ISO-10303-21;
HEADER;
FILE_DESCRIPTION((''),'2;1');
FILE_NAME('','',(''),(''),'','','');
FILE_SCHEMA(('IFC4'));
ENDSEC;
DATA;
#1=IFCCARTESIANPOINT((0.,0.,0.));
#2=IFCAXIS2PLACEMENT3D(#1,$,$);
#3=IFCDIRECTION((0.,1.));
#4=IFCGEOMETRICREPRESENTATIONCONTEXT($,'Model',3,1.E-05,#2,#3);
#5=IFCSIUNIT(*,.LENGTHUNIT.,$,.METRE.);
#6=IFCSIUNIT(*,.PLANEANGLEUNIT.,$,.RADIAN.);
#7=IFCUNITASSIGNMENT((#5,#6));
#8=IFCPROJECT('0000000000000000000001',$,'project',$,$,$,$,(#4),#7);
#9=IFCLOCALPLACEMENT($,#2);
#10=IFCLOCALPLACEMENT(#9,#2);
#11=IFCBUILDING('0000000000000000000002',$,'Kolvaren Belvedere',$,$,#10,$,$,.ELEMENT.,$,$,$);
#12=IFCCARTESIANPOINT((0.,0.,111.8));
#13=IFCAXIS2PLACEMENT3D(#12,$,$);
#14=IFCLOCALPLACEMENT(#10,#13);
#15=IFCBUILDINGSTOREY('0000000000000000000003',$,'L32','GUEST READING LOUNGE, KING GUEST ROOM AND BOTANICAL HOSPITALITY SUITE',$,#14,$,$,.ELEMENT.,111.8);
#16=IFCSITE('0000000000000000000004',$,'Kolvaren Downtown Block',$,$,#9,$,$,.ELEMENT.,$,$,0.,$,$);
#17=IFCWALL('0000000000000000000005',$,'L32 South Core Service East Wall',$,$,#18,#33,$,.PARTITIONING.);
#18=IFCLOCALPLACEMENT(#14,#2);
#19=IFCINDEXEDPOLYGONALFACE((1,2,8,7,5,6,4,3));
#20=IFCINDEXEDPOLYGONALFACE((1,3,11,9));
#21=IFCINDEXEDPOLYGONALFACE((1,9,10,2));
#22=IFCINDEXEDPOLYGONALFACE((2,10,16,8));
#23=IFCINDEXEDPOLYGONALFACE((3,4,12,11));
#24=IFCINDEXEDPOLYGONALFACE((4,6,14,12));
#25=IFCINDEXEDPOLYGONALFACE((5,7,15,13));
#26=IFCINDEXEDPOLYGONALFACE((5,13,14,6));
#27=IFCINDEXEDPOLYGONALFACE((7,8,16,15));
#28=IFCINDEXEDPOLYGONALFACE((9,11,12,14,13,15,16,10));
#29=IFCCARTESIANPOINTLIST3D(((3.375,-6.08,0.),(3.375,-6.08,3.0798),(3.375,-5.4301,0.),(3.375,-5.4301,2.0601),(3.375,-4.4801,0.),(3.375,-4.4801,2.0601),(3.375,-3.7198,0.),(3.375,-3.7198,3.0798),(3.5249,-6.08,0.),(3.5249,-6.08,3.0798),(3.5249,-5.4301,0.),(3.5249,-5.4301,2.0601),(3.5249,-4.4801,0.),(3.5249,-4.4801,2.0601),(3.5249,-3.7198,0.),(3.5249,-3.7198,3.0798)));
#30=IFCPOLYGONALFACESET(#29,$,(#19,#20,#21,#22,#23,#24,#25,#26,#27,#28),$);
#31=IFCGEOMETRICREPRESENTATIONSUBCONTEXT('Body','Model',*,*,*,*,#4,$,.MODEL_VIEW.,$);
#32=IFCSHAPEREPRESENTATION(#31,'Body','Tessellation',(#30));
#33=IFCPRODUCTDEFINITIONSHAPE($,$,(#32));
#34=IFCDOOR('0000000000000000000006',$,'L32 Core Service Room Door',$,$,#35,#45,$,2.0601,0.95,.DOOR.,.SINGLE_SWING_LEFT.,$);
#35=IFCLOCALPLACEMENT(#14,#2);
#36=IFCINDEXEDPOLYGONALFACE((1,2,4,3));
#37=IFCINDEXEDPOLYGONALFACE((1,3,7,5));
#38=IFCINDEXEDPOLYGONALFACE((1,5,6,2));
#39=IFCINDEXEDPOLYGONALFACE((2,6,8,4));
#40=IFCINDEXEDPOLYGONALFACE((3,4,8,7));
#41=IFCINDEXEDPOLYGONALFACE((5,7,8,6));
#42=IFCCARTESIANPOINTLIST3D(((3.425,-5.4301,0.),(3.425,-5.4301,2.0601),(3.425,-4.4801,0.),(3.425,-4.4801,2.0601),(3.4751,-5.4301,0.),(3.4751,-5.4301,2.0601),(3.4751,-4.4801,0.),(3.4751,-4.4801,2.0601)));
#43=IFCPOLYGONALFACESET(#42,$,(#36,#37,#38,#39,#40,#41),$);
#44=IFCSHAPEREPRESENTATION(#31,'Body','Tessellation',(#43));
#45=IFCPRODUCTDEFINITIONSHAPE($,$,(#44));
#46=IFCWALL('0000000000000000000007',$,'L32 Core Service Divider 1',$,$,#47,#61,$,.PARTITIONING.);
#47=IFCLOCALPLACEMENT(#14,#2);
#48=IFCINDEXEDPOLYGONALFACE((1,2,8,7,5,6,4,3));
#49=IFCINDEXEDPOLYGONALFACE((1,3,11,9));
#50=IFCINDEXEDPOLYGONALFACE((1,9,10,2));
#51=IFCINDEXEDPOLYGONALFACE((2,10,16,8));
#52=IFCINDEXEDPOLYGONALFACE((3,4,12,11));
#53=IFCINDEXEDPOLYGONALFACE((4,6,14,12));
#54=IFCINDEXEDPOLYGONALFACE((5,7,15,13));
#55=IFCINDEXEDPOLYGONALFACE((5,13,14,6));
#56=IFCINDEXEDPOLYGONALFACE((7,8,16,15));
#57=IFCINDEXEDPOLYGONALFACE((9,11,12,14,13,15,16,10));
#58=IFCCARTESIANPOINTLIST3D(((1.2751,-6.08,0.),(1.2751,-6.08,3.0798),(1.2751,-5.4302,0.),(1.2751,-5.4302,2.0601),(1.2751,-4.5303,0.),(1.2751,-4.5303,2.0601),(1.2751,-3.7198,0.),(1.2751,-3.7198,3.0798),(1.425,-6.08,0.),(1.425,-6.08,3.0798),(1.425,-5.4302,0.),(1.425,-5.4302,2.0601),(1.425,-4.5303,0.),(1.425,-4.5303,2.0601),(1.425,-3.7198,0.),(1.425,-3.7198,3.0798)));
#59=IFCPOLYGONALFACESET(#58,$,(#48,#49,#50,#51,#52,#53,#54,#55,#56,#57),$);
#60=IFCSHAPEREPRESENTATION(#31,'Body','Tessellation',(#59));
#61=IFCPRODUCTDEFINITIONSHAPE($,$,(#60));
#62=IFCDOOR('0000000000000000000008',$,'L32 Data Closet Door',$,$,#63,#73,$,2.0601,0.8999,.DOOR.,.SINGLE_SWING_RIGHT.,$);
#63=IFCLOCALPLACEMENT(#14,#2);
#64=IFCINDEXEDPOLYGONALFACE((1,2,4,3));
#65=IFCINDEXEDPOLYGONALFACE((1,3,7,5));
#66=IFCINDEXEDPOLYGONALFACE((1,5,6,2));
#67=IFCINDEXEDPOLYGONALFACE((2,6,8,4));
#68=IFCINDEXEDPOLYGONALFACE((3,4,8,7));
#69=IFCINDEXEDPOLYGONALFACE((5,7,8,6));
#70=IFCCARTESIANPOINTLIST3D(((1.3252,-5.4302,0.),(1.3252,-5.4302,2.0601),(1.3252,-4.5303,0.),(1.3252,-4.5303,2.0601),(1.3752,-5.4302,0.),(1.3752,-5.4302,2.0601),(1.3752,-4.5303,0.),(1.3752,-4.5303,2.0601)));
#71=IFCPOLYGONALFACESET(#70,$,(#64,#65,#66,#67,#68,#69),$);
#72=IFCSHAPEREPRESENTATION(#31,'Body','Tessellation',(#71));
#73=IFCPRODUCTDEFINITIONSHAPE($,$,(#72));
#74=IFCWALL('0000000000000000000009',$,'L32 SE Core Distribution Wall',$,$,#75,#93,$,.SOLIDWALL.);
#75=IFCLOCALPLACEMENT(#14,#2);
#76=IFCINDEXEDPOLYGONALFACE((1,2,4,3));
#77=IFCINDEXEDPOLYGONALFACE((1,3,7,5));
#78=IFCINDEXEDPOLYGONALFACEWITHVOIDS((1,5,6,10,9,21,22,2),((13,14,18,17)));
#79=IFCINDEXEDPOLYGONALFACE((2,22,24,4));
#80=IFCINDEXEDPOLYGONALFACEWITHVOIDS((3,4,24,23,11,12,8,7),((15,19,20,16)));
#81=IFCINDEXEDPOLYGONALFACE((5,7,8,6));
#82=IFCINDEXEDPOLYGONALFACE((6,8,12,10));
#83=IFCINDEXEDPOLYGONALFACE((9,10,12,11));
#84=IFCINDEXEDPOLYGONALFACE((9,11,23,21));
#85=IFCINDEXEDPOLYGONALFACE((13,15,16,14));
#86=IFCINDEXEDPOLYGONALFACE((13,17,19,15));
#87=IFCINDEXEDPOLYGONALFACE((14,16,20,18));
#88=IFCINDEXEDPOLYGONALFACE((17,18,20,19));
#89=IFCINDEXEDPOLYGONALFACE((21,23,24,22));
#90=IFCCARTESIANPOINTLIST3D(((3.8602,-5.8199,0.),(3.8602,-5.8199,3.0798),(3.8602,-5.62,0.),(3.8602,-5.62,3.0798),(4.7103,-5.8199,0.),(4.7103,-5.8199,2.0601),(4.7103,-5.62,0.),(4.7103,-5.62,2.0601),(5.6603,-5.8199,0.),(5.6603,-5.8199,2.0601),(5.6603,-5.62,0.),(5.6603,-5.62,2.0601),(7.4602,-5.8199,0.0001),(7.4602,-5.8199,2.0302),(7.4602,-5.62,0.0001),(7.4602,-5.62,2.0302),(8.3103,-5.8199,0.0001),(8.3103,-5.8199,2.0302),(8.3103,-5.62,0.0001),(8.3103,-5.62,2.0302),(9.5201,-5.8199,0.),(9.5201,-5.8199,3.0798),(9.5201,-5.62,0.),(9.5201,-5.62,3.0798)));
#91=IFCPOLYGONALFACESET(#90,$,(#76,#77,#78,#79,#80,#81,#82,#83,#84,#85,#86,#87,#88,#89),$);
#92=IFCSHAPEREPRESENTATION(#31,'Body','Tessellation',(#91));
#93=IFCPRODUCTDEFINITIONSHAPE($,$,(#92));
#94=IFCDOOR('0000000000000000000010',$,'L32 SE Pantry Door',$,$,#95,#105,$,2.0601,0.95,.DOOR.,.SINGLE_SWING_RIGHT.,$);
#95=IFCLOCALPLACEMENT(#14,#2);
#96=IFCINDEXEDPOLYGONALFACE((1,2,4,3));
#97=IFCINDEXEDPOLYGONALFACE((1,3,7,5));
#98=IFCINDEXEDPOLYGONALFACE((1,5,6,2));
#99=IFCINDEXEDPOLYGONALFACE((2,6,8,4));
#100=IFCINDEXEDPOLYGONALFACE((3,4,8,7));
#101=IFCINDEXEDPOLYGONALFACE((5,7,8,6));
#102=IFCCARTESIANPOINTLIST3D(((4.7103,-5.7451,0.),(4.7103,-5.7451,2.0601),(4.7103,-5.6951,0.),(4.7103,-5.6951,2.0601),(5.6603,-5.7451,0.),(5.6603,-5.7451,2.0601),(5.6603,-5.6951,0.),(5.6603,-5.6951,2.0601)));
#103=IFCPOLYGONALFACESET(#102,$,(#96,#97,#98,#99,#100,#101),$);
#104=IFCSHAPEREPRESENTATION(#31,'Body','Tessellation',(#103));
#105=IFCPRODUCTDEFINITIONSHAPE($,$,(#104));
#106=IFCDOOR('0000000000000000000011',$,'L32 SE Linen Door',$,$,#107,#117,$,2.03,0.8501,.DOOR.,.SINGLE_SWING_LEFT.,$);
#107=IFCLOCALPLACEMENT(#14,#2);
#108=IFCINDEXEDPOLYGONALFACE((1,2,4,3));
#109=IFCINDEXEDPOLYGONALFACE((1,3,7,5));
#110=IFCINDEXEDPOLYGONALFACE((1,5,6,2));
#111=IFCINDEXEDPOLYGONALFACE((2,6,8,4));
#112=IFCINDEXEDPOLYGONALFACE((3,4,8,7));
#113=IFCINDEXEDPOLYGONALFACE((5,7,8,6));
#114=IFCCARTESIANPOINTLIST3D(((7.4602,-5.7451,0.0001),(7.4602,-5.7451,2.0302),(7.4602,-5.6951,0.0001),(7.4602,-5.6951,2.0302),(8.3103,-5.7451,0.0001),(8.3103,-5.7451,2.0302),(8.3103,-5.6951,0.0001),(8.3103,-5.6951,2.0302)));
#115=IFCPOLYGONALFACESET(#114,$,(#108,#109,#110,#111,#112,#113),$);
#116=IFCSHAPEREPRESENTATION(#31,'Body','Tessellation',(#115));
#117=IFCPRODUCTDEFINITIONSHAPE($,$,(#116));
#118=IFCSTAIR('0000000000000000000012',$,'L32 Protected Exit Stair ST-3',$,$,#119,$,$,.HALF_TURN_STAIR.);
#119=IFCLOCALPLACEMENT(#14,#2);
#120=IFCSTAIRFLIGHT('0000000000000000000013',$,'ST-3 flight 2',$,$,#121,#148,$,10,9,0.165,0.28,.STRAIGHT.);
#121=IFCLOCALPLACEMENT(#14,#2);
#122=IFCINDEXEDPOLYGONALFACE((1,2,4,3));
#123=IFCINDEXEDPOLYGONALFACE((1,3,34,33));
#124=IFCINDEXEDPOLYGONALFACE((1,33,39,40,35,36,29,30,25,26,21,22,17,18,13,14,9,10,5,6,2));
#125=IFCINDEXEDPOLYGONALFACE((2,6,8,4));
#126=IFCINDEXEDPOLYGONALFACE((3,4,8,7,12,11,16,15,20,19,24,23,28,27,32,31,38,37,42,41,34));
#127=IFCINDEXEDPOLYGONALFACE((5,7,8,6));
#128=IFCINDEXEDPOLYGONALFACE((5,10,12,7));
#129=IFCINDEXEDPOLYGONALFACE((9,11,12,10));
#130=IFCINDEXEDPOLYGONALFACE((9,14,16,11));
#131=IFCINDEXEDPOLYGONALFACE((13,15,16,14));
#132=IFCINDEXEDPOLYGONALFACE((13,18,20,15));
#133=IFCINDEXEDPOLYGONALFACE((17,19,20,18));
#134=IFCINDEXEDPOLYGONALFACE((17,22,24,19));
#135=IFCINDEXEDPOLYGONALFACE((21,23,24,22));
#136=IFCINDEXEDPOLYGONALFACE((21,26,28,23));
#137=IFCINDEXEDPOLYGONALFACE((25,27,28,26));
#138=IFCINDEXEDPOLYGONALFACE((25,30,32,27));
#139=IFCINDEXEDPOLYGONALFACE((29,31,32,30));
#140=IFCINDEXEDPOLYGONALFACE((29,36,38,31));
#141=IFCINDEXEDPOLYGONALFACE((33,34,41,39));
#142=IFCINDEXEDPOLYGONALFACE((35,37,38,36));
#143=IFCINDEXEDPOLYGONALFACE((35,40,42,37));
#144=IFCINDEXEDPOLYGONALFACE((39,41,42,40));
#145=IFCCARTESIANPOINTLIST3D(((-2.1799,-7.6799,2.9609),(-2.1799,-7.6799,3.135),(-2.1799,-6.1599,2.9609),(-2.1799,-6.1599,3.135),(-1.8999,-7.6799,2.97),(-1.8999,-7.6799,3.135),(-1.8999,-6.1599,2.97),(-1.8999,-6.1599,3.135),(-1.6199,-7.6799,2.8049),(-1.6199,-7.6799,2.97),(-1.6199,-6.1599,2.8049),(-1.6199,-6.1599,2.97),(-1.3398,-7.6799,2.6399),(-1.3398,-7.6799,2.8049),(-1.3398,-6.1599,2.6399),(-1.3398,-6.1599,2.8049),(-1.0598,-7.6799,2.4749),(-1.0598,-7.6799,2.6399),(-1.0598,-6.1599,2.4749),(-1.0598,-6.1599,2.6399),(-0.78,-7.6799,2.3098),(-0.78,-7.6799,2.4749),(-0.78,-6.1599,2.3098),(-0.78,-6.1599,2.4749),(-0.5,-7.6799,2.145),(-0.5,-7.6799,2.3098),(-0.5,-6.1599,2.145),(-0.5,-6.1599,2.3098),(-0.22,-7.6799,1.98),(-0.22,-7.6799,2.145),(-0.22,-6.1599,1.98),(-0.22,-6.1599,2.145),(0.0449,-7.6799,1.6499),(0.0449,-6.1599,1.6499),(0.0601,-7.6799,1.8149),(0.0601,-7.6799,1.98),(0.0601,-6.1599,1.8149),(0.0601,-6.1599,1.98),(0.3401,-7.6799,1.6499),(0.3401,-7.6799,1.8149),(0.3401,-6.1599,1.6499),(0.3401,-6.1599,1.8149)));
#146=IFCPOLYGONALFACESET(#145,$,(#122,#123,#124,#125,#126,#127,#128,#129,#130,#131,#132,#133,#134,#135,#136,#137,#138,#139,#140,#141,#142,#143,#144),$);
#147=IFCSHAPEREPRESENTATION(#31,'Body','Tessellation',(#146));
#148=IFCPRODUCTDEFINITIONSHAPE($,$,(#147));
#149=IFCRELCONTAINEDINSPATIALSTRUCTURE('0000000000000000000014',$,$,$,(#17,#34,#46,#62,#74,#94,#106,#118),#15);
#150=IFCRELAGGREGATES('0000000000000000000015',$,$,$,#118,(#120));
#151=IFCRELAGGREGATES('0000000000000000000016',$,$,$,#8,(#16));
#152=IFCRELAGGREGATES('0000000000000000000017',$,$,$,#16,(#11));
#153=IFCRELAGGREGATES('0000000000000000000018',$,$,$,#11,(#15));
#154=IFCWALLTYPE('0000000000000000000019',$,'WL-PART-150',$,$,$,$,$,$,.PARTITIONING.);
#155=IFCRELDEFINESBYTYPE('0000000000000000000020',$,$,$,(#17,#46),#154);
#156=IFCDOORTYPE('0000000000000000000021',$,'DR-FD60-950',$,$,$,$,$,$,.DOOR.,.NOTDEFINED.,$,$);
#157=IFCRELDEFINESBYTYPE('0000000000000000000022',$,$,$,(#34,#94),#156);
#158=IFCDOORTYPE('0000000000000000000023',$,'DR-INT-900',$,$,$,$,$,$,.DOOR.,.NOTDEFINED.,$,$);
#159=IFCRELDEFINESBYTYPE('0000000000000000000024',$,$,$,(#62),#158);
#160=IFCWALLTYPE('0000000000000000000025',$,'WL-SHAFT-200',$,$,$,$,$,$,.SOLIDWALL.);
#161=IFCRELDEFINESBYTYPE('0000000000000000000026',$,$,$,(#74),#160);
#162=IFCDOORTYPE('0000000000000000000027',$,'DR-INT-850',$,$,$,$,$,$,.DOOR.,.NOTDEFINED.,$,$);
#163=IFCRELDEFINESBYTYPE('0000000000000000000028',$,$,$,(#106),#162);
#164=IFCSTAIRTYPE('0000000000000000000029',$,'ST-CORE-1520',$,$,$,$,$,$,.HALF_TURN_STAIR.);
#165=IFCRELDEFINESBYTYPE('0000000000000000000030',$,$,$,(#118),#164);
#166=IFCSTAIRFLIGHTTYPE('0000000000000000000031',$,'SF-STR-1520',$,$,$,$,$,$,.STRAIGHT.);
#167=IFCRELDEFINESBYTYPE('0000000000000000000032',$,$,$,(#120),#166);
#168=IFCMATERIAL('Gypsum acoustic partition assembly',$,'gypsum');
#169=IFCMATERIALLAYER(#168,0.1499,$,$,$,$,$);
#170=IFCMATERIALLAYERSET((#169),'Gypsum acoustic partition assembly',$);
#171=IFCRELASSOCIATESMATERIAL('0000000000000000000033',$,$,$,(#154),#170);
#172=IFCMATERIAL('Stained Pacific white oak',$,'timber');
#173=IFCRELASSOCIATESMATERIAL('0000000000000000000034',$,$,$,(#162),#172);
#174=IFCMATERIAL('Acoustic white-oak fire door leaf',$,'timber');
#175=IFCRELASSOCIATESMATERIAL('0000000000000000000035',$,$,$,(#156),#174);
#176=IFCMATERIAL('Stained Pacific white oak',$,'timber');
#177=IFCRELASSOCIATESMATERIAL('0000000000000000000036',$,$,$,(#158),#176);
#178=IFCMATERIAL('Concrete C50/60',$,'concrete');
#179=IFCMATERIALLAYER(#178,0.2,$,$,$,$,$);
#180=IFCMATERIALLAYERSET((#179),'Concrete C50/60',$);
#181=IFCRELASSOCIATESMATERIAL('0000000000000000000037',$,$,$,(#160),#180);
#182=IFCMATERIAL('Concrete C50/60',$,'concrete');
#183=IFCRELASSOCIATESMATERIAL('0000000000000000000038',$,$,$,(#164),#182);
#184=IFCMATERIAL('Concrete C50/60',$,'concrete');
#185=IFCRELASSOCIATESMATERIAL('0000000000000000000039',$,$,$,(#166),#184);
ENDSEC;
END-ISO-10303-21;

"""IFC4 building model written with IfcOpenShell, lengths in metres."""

from ifc_helpers import new_model, si_unit, direction, frame, frame_2d, origin, place, context, subcontext, project, spatial, polyline, rectangle, outline, extrude, material, layer, layer_set, type_object, element, fill, aggregate, save


model = new_model("IFC4")

# Units and contexts
model_context = context("Model", 3, precision=1e-05, world=origin(), true_north=direction((0.0, 1.0)))
body_context = subcontext(model_context, "Body", "Model", "MODEL_VIEW")
ifc_project = project(units=[si_unit("LENGTHUNIT", "METRE"), si_unit("PLANEANGLEUNIT", "RADIAN")], contexts=[model_context])

# Site, building, storey
site_placement = place(None, origin())
site = spatial("IfcSite", under=ifc_project, at=site_placement, Name="Kolvaren Downtown Block", CompositionType="ELEMENT", RefElevation=0.0)
building_placement = place(site_placement, origin())
building = spatial("IfcBuilding", under=site, at=building_placement, Name="Kolvaren Belvedere", CompositionType="ELEMENT")
storey_placement = place(building_placement, frame((0.0, 0.0, 111.8)))
storey = spatial("IfcBuildingStorey", under=building, at=storey_placement, Name="L32", Description="GUEST READING LOUNGE, KING GUEST ROOM AND BOTANICAL HOSPITALITY SUITE", CompositionType="ELEMENT", Elevation=111.8)

# Walls, openings, doors
ifc_material_1 = material(Name="Gypsum acoustic partition assembly", Category="gypsum")
ifc_layer_1 = layer(ifc_material_1, 0.1499)
ifc_layer_set_1 = layer_set([ifc_layer_1], Name="Gypsum acoustic partition assembly")
wall_type_1 = type_object("IfcWallType", Name="WL-PART-150", PredefinedType="PARTITIONING", material=ifc_layer_set_1)
ifc_material_2 = material(Name="Stained Pacific white oak", Category="timber")
door_type_1 = type_object("IfcDoorType", Name="DR-INT-850", OperationType="NOTDEFINED", PredefinedType="DOOR", material=ifc_material_2)
wall_1_placement = place(storey_placement, frame((3.45, -6.0801, 0.0), z_axis=(0.0, 0.0, 1.0), x_axis=(0.0, 1.0, 0.0)))
wall_1 = element("IfcWall", 1, at=wall_1_placement, inside=storey, type_object=wall_type_1, Name="L32 South Core Service East Wall", PredefinedType="PARTITIONING", context=body_context, shape_type="SweptSolid", body=[
    extrude(rectangle(XDim=2.3601, YDim=0.1499, at=frame_2d((1.1802, 0.0))), origin(), (0.0, 0.0, 1.0), 3.0798),
])
opening_1_placement = place(wall_1_placement, frame((0.6499, 0.0, 0.0)))
opening_1 = element("IfcOpeningElement", 2, at=opening_1_placement, cuts=wall_1, PredefinedType="OPENING", context=body_context, shape_type="SweptSolid", body=[
    extrude(rectangle(XDim=0.95, YDim=2.0601, at=frame_2d((0.4751, 1.03))), frame((0.0, 0.085, 0.0), z_axis=(0.0, -1.0, 0.0), x_axis=(1.0, 0.0, 0.0)), (0.0, 0.0, 1.0), 0.1699),
])
ifc_material_3 = material(Name="Acoustic white-oak fire door leaf", Category="timber")
door_type_2 = type_object("IfcDoorType", Name="DR-FD60-950", OperationType="NOTDEFINED", PredefinedType="DOOR", material=ifc_material_3)
door_1_placement = place(opening_1_placement, origin())
door_1 = element("IfcDoor", 3, at=door_1_placement, inside=storey, type_object=door_type_2, Name="L32 Core Service Room Door", OperationType="SINGLE_SWING_LEFT", OverallHeight=2.0601, OverallWidth=0.95, PredefinedType="DOOR", context=body_context, shape_type="SweptSolid", body=[
    extrude(rectangle(XDim=0.95, YDim=2.0601, at=frame_2d((0.4751, 1.03))), frame((0.0, 0.0249, 0.0), z_axis=(0.0, -1.0, 0.0), x_axis=(1.0, 0.0, 0.0)), (0.0, 0.0, 1.0), 0.05),
])
fill(opening_1, door_1)
wall_2_placement = place(storey_placement, frame((1.3501, -6.0801, 0.0), z_axis=(0.0, 0.0, 1.0), x_axis=(0.0, 1.0, 0.0)))
wall_2 = element("IfcWall", 4, at=wall_2_placement, inside=storey, type_object=wall_type_1, Name="L32 Core Service Divider 1", PredefinedType="PARTITIONING", context=body_context, shape_type="SweptSolid", body=[
    extrude(rectangle(XDim=2.3601, YDim=0.1499, at=frame_2d((1.1802, 0.0))), origin(), (0.0, 0.0, 1.0), 3.0798),
])
opening_2_placement = place(wall_2_placement, frame((0.6499, 0.0, 0.0)))
opening_2 = element("IfcOpeningElement", 5, at=opening_2_placement, cuts=wall_2, PredefinedType="OPENING", context=body_context, shape_type="SweptSolid", body=[
    extrude(rectangle(XDim=0.8999, YDim=2.0601, at=frame_2d((0.45, 1.03))), frame((0.0, 0.085, 0.0), z_axis=(0.0, -1.0, 0.0), x_axis=(1.0, 0.0, 0.0)), (0.0, 0.0, 1.0), 0.1699),
])
ifc_material_4 = material(Name="Stained Pacific white oak", Category="timber")
door_type_3 = type_object("IfcDoorType", Name="DR-INT-900", OperationType="NOTDEFINED", PredefinedType="DOOR", material=ifc_material_4)
door_2_placement = place(opening_2_placement, origin())
door_2 = element("IfcDoor", 6, at=door_2_placement, inside=storey, type_object=door_type_3, Name="L32 Data Closet Door", OperationType="SINGLE_SWING_RIGHT", OverallHeight=2.0601, OverallWidth=0.8999, PredefinedType="DOOR", context=body_context, shape_type="SweptSolid", body=[
    extrude(rectangle(XDim=0.8999, YDim=2.0601, at=frame_2d((0.45, 1.03))), frame((0.0, 0.0249, 0.0), z_axis=(0.0, -1.0, 0.0), x_axis=(1.0, 0.0, 0.0)), (0.0, 0.0, 1.0), 0.05),
])
fill(opening_2, door_2)

# Wall, openings, doors
ifc_material_5 = material(Name="Concrete C50/60", Category="concrete")
ifc_layer_2 = layer(ifc_material_5, 0.2)
ifc_layer_set_2 = layer_set([ifc_layer_2], Name="Concrete C50/60")
wall_type_2 = type_object("IfcWallType", Name="WL-SHAFT-200", PredefinedType="SOLIDWALL", material=ifc_layer_set_2)
wall_3_placement = place(storey_placement, frame((3.8601, -5.72, 0.0), z_axis=(0.0, 0.0, 1.0), x_axis=(1.0, 0.0, 0.0)))
wall_3 = element("IfcWall", 7, at=wall_3_placement, inside=storey, type_object=wall_type_2, Name="L32 SE Core Distribution Wall", PredefinedType="SOLIDWALL", context=body_context, shape_type="SweptSolid", body=[
    extrude(rectangle(XDim=5.6599, YDim=0.2, at=frame_2d((2.8301, 0.0))), origin(), (0.0, 0.0, 1.0), 3.0798),
])
opening_3_placement = place(wall_3_placement, frame((0.8501, 0.0, 0.0)))
opening_3 = element("IfcOpeningElement", 8, at=opening_3_placement, cuts=wall_3, PredefinedType="OPENING", context=body_context, shape_type="SweptSolid", body=[
    extrude(rectangle(XDim=0.95, YDim=2.0601, at=frame_2d((0.4751, 1.03))), frame((0.0, 0.1099, 0.0), z_axis=(0.0, -1.0, 0.0), x_axis=(1.0, 0.0, 0.0)), (0.0, 0.0, 1.0), 0.22),
])
opening_4_placement = place(wall_3_placement, frame((3.6001, 0.0, 0.0)))
opening_4 = element("IfcOpeningElement", 9, at=opening_4_placement, cuts=wall_3, PredefinedType="OPENING", context=body_context, shape_type="SweptSolid", body=[
    extrude(rectangle(XDim=0.8501, YDim=2.03, at=frame_2d((0.425, 1.0151))), frame((0.0, 0.1099, 0.0), z_axis=(0.0, -1.0, 0.0), x_axis=(1.0, 0.0, 0.0)), (0.0, 0.0, 1.0), 0.22),
])
door_3_placement = place(opening_3_placement, origin())
door_3 = element("IfcDoor", 10, at=door_3_placement, inside=storey, type_object=door_type_2, Name="L32 SE Pantry Door", OperationType="SINGLE_SWING_RIGHT", OverallHeight=2.0601, OverallWidth=0.95, PredefinedType="DOOR", context=body_context, shape_type="SweptSolid", body=[
    extrude(rectangle(XDim=0.95, YDim=2.0601, at=frame_2d((0.4751, 1.03))), frame((0.0, 0.0249, 0.0), z_axis=(0.0, -1.0, 0.0), x_axis=(1.0, 0.0, 0.0)), (0.0, 0.0, 1.0), 0.05),
])
fill(opening_3, door_3)
door_4_placement = place(opening_4_placement, origin())
door_4 = element("IfcDoor", 11, at=door_4_placement, inside=storey, type_object=door_type_1, Name="L32 SE Linen Door", OperationType="SINGLE_SWING_LEFT", OverallHeight=2.03, OverallWidth=0.8501, PredefinedType="DOOR", context=body_context, shape_type="SweptSolid", body=[
    extrude(rectangle(XDim=0.8501, YDim=2.03, at=frame_2d((0.425, 1.0151))), frame((0.0, 0.0249, 0.0), z_axis=(0.0, -1.0, 0.0), x_axis=(1.0, 0.0, 0.0)), (0.0, 0.0, 1.0), 0.05),
])
fill(opening_4, door_4)

# Stair, stair flight
ifc_material_6 = material(Name="Concrete C50/60", Category="concrete")
stair_type = type_object("IfcStairType", Name="ST-CORE-1520", PredefinedType="HALF_TURN_STAIR", material=ifc_material_6)
stair_placement = place(storey_placement, origin())
stair = element("IfcStair", 12, at=stair_placement, inside=storey, type_object=stair_type, Name="L32 Protected Exit Stair ST-3", PredefinedType="HALF_TURN_STAIR")
ifc_material_7 = material(Name="Concrete C50/60", Category="concrete")
stair_flight_type = type_object("IfcStairFlightType", Name="SF-STR-1520", PredefinedType="STRAIGHT", material=ifc_material_7)
stair_flight_placement = place(storey_placement, frame((0.3401, -6.9199, 1.6499), z_axis=(0.0, 0.0, 1.0), x_axis=(-1.0, 0.0, 0.0)))
stair_flight = element("IfcStairFlight", 13, at=stair_flight_placement, type_object=stair_flight_type, Name="ST-3 flight 2", NumberOfRisers=10, NumberOfTreads=9, PredefinedType="STRAIGHT", RiserHeight=0.165, TreadLength=0.28, context=body_context, shape_type="SweptSolid", body=[
    extrude(outline(polyline([(0.0, 0.0), (0.0, 0.165), (0.28, 0.165), (0.28, 0.3301), (0.5601, 0.3301), (0.5601, 0.4951), (0.8401, 0.4951), (0.8401, 0.6599), (1.1201, 0.6599), (1.1201, 0.825), (1.3999, 0.825), (1.3999, 0.99), (1.6799, 0.99), (1.6799, 1.155), (1.96, 1.155), (1.96, 1.3201), (2.24, 1.3201), (2.24, 1.4851), (2.52, 1.4851), (2.52, 1.6499), (2.52, 1.311), (0.2952, 0.0), (0.0, 0.0)])), frame((0.0, 0.76, 0.0), z_axis=(0.0, -1.0, 0.0), x_axis=(1.0, 0.0, 0.0)), (0.0, 0.0, 1.0), 1.52),
])
aggregate(stair, [stair_flight])

save(model, "model.ifc")
